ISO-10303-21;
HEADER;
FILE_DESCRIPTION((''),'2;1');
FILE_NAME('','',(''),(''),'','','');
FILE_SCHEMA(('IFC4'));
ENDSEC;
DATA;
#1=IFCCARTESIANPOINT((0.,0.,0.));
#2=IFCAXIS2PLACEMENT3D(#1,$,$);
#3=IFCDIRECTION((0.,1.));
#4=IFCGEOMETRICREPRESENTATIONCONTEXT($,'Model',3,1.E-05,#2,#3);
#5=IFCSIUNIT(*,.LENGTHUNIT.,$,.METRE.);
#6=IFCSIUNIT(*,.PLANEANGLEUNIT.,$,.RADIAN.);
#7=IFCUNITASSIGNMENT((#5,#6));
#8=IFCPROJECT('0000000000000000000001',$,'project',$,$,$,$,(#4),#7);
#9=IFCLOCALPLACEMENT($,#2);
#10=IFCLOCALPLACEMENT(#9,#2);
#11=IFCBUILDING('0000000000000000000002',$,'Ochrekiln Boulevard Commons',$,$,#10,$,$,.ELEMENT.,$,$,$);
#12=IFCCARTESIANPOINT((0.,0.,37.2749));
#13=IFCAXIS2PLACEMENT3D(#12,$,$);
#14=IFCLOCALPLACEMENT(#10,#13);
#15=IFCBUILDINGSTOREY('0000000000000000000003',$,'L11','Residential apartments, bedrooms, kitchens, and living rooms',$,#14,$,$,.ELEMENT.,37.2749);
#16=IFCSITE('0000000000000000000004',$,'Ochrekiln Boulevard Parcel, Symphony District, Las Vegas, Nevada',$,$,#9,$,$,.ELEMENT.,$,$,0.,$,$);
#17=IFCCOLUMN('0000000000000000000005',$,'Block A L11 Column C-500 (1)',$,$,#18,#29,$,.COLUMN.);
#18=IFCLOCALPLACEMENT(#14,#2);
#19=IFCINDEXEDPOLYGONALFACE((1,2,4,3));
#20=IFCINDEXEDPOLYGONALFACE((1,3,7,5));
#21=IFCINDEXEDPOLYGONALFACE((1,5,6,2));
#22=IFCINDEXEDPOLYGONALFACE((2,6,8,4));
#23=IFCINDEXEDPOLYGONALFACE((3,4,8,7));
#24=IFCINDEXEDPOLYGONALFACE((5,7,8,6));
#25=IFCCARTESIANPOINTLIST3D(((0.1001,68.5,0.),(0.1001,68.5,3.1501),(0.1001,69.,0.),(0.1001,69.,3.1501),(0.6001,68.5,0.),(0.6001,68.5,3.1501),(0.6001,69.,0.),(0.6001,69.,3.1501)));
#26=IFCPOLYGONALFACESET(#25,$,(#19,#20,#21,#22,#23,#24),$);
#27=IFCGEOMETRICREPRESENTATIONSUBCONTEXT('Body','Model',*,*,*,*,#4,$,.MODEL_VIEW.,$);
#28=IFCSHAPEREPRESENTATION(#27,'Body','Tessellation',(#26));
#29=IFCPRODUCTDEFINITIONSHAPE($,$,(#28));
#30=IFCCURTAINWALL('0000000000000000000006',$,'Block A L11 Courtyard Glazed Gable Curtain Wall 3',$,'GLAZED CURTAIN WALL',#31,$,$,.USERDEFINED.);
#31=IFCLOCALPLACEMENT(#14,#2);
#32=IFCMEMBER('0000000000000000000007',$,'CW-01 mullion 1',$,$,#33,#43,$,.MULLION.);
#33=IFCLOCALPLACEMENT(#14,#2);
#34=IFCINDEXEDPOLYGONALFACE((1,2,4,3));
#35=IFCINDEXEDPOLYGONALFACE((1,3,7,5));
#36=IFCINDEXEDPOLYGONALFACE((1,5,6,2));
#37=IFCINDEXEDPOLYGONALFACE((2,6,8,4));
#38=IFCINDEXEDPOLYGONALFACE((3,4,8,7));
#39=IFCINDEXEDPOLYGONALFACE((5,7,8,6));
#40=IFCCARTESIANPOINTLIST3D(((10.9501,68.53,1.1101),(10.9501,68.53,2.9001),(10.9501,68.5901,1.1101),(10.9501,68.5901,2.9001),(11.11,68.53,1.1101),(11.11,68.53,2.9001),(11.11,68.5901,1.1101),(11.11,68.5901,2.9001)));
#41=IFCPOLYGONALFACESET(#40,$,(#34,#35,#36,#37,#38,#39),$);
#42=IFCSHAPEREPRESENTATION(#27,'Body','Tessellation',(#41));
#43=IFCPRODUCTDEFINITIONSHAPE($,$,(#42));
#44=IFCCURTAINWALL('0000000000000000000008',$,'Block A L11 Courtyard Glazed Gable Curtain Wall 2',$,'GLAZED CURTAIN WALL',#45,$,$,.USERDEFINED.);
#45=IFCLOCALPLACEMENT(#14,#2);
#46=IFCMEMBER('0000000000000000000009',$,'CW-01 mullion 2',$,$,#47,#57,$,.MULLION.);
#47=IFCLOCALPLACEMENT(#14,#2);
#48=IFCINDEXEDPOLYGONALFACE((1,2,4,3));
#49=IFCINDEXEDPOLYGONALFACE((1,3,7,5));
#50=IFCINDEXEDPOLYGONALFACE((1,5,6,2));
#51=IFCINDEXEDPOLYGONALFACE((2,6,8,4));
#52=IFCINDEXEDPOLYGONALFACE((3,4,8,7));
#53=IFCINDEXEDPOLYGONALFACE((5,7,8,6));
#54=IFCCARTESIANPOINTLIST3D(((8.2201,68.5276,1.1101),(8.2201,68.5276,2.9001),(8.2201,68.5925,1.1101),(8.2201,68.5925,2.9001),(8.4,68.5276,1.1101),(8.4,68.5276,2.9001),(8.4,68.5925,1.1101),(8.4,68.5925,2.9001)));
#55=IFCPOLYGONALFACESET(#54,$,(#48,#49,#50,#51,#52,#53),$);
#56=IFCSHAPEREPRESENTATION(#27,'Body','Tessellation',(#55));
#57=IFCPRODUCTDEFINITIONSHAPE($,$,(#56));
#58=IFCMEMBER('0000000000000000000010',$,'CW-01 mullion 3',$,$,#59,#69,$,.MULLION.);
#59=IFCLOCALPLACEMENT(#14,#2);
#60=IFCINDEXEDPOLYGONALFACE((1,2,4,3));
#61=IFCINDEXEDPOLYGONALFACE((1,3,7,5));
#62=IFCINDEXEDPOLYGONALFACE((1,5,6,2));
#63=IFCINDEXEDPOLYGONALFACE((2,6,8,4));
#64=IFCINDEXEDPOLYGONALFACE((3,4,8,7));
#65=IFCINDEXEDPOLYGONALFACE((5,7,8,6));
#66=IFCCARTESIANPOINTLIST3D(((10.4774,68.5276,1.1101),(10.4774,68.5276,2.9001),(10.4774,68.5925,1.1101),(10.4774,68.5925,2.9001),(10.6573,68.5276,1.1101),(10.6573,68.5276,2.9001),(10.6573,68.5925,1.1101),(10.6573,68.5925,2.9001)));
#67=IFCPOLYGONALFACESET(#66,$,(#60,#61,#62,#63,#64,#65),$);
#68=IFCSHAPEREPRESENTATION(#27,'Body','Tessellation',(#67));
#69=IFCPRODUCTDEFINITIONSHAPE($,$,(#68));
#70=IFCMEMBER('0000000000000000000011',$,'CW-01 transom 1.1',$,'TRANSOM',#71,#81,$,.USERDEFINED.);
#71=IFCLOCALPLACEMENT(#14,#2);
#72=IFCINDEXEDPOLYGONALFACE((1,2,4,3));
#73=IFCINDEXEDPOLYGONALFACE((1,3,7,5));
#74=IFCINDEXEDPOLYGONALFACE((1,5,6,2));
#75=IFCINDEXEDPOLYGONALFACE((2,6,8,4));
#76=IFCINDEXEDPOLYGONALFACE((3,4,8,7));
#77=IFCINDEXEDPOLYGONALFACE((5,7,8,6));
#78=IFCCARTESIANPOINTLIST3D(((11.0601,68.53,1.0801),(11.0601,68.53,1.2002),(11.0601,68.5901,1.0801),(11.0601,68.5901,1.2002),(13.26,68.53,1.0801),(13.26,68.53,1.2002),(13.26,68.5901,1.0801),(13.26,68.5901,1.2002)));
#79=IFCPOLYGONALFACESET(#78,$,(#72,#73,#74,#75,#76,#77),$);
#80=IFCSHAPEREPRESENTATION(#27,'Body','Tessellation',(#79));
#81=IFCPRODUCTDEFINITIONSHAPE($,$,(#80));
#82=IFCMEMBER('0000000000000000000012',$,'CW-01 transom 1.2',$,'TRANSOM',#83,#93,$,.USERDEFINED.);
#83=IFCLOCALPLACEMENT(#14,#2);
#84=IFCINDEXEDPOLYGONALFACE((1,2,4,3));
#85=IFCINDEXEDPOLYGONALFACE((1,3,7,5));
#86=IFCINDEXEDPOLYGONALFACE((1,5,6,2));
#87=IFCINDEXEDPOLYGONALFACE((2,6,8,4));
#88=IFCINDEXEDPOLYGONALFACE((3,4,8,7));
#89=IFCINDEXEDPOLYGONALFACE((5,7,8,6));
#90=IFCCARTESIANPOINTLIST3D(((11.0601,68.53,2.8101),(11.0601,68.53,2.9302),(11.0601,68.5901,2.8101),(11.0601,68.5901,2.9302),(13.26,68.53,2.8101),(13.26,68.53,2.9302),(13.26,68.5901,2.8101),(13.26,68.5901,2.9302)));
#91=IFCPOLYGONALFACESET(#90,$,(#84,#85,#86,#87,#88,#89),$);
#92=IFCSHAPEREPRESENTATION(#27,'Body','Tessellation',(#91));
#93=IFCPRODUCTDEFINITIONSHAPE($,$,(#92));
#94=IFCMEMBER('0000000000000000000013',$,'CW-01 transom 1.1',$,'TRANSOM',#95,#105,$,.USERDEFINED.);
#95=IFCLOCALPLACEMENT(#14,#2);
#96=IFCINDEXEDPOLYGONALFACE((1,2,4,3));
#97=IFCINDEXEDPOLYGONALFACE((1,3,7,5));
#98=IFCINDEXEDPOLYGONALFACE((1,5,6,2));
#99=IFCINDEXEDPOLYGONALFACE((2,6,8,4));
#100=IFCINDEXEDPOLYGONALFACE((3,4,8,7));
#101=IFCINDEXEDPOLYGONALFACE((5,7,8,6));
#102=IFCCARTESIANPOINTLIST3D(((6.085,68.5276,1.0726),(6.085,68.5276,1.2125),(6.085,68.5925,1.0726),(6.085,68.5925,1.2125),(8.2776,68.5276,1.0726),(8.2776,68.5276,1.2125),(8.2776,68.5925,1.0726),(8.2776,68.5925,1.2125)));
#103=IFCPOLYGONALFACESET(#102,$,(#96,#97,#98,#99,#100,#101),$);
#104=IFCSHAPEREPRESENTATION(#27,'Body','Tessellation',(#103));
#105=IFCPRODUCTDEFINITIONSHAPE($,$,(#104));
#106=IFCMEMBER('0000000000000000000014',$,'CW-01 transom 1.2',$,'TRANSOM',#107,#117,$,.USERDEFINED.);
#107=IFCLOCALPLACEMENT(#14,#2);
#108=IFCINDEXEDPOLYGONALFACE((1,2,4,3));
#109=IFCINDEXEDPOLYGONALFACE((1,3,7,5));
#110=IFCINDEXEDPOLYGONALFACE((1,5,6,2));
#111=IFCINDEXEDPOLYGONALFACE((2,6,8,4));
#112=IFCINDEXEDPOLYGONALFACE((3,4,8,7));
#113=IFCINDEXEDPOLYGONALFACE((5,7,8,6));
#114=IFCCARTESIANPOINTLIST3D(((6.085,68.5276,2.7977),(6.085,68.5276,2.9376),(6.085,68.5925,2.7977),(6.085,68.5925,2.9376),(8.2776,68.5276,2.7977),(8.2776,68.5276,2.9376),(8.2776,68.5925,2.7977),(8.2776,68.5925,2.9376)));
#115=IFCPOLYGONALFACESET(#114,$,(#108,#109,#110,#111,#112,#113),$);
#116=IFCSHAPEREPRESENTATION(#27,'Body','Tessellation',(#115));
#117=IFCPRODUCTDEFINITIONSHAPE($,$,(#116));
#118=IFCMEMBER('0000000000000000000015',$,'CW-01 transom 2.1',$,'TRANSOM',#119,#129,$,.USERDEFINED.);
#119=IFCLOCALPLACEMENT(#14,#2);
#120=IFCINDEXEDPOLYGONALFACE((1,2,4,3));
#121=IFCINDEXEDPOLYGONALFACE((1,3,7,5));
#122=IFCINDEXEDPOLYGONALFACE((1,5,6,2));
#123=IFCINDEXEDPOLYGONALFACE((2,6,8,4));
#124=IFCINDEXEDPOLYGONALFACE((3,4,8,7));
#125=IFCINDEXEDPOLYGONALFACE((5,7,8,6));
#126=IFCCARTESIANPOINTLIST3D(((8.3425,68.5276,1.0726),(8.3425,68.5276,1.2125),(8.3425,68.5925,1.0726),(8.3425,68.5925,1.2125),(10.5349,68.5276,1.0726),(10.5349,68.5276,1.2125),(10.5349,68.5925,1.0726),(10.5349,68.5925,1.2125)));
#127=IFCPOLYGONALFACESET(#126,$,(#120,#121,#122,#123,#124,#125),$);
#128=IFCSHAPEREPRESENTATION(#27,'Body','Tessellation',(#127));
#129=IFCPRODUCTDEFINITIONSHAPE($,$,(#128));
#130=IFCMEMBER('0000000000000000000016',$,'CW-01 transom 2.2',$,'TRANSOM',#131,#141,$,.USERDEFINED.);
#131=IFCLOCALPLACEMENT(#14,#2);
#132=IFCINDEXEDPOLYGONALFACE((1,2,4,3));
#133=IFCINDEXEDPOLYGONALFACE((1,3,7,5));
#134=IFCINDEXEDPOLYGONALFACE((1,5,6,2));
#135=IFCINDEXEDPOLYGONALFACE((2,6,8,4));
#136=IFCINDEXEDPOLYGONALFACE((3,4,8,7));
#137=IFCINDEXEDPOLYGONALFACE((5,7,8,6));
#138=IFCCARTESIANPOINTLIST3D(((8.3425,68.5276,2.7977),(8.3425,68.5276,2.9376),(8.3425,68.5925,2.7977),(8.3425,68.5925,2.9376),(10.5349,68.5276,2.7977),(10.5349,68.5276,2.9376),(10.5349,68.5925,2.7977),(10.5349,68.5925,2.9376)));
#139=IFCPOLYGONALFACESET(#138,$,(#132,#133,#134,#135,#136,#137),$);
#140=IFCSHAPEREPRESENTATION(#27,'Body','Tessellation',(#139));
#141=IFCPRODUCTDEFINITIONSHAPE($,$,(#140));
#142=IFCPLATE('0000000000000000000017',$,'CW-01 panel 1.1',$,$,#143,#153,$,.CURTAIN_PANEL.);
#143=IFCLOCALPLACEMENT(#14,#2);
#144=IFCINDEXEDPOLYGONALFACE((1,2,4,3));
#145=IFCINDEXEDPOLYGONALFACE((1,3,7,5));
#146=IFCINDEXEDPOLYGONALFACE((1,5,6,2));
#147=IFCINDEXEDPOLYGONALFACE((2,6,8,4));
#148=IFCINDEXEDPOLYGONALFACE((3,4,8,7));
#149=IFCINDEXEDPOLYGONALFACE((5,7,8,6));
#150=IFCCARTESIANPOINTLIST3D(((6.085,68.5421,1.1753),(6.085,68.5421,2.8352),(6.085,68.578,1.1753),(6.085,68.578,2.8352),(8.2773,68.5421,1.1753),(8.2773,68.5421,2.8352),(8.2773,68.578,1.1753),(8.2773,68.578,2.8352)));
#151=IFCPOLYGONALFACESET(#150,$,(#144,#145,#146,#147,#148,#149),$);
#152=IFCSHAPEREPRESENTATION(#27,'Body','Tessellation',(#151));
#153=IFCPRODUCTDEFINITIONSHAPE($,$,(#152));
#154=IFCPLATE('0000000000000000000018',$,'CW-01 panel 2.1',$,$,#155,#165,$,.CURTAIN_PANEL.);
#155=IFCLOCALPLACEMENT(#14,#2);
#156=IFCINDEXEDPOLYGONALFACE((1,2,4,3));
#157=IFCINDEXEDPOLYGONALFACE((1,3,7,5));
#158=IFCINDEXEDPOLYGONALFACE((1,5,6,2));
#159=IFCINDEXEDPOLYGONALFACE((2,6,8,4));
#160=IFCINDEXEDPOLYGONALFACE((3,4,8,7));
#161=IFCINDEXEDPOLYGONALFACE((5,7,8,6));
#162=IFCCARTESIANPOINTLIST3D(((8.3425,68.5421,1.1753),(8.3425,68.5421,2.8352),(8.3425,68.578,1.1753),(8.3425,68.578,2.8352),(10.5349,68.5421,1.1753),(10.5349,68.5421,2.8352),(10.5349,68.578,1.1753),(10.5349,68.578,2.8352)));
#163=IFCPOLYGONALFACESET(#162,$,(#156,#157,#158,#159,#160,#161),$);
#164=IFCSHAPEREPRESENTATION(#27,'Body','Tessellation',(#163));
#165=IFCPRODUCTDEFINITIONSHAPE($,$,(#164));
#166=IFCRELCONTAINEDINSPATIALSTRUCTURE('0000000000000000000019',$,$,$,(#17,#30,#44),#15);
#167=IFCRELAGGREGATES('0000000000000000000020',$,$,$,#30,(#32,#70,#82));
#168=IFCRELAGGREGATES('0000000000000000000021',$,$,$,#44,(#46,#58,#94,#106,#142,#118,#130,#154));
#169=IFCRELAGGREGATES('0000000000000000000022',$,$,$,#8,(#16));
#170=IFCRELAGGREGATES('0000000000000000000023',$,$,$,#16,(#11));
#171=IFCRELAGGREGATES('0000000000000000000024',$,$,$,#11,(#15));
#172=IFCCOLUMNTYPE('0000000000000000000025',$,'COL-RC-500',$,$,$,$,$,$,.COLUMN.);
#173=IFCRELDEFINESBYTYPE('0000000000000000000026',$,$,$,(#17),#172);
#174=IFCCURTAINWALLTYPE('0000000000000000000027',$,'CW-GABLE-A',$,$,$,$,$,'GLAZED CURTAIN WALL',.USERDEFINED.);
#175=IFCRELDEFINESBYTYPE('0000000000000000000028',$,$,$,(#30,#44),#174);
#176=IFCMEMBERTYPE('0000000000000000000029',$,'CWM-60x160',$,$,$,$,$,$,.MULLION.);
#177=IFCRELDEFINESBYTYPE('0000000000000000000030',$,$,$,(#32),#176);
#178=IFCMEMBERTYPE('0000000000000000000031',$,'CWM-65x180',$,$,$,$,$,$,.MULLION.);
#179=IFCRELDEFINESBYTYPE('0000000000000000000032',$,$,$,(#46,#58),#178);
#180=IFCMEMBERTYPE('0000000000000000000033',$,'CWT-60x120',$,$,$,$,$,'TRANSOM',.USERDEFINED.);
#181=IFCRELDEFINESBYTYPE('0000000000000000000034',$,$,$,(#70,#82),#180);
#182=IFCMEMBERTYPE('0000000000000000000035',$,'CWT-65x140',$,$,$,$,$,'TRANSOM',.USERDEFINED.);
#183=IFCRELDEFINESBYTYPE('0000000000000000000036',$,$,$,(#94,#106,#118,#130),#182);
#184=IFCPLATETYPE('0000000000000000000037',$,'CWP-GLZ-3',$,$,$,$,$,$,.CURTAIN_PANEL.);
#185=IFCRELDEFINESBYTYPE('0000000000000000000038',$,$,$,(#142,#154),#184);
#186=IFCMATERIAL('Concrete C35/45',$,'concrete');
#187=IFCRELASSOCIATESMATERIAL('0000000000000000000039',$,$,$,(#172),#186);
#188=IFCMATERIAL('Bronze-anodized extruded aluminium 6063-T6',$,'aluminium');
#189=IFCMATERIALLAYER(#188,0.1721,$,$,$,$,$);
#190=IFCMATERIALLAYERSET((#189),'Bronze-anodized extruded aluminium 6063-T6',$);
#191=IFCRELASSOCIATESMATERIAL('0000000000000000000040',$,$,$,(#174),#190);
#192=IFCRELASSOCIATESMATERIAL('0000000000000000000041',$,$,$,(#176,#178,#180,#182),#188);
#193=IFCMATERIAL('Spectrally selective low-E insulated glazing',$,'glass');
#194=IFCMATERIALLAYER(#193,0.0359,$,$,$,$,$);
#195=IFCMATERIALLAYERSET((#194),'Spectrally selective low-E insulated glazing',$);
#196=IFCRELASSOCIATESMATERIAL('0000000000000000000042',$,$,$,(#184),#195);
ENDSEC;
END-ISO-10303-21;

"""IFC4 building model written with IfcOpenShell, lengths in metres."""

from ifc_helpers import new_model, si_unit, direction, frame, origin, origin_2d, place, context, subcontext, project, spatial, rectangle, extrude, material, layer, layer_set, material_profile, profile_set, type_object, element, aggregate, save


model = new_model("IFC4")

# Units and contexts
model_context = context("Model", 3, precision=1e-05, world=origin(), true_north=direction((0.0, 1.0)))
body_context = subcontext(model_context, "Body", "Model", "MODEL_VIEW")
ifc_project = project(units=[si_unit("LENGTHUNIT", "METRE"), si_unit("PLANEANGLEUNIT", "RADIAN")], contexts=[model_context])

# Site, building, storey
site_placement = place(None, origin())
site = spatial("IfcSite", under=ifc_project, at=site_placement, Name="Ochrekiln Boulevard Parcel, Symphony District, Las Vegas, Nevada", CompositionType="ELEMENT", RefElevation=0.0)
building_placement = place(site_placement, origin())
building = spatial("IfcBuilding", under=site, at=building_placement, Name="Ochrekiln Boulevard Commons", CompositionType="ELEMENT")
storey_placement = place(building_placement, frame((0.0, 0.0, 37.2749)))
storey = spatial("IfcBuildingStorey", under=building, at=storey_placement, Name="L11", Description="Residential apartments, bedrooms, kitchens, and living rooms", CompositionType="ELEMENT", Elevation=37.2749)

# Column
ifc_material_1 = material(Name="Concrete C35/45", Category="concrete")
ifc_material_profile_1 = material_profile(ifc_material_1, rectangle(XDim=0.5, YDim=0.5, at=origin_2d()), Name="RC-COL-500x500")
ifc_profile_set_1 = profile_set([ifc_material_profile_1], Name="Concrete C35/45")
column_type = type_object("IfcColumnType", Name="COL-RC-500", PredefinedType="COLUMN", material=ifc_profile_set_1)
column_placement = place(storey_placement, frame((0.3501, 68.75, 0.0), z_axis=(0.0, 0.0, 1.0), x_axis=(1.0, 0.0, 0.0)))
element("IfcColumn", 1, at=column_placement, inside=storey, type_object=column_type, Name="Block A L11 Column C-500 (1)", PredefinedType="COLUMN", context=body_context, shape_type="SweptSolid", body=[
    extrude(rectangle(XDim=0.5, YDim=0.5, at=origin_2d()), origin(), (0.0, 0.0, 1.0), 3.1501),
])

# Curtain wall, member
ifc_material_2 = material(Name="Bronze-anodized extruded aluminium 6063-T6", Category="aluminium")
ifc_layer_1 = layer(ifc_material_2, 0.1721)
ifc_layer_set_1 = layer_set([ifc_layer_1], Name="Bronze-anodized extruded aluminium 6063-T6")
curtain_wall_type = type_object("IfcCurtainWallType", Name="CW-GABLE-A", ElementType="GLAZED CURTAIN WALL", PredefinedType="USERDEFINED", material=ifc_layer_set_1)
curtain_wall_1_placement = place(storey_placement, origin())
curtain_wall_1 = element("IfcCurtainWall", 2, at=curtain_wall_1_placement, inside=storey, type_object=curtain_wall_type, Name="Block A L11 Courtyard Glazed Gable Curtain Wall 3", ObjectType="GLAZED CURTAIN WALL", PredefinedType="USERDEFINED")
ifc_material_profile_2 = material_profile(ifc_material_2, rectangle(XDim=0.0601, YDim=0.1599, at=origin_2d()), Name="ALU-MUL-60x160")
ifc_profile_set_2 = profile_set([ifc_material_profile_2], Name="Bronze-anodized extruded aluminium 6063-T6")
member_type_1 = type_object("IfcMemberType", Name="CWM-60x160", PredefinedType="MULLION", material=ifc_profile_set_2)
member_1_placement = place(storey_placement, frame((11.03, 68.5601, 1.1101), z_axis=(0.0, 0.0, 1.0), x_axis=(0.0, 1.0, 0.0)))
member_1 = element("IfcMember", 3, at=member_1_placement, type_object=member_type_1, Name="CW-01 mullion 1", PredefinedType="MULLION", context=body_context, shape_type="SweptSolid", body=[
    extrude(rectangle(XDim=0.0601, YDim=0.1599, at=origin_2d()), origin(), (0.0, 0.0, 1.0), 1.79),
])

# Curtain wall, members
curtain_wall_2_placement = place(storey_placement, origin())
curtain_wall_2 = element("IfcCurtainWall", 4, at=curtain_wall_2_placement, inside=storey, type_object=curtain_wall_type, Name="Block A L11 Courtyard Glazed Gable Curtain Wall 2", ObjectType="GLAZED CURTAIN WALL", PredefinedType="USERDEFINED")
ifc_material_profile_3 = material_profile(ifc_material_2, rectangle(XDim=0.0649, YDim=0.1799, at=origin_2d()), Name="ALU-MUL-65x180")
ifc_profile_set_3 = profile_set([ifc_material_profile_3], Name="Bronze-anodized extruded aluminium 6063-T6")
member_type_2 = type_object("IfcMemberType", Name="CWM-65x180", PredefinedType="MULLION", material=ifc_profile_set_3)
member_2_placement = place(storey_placement, frame((8.3101, 68.5601, 1.1101), z_axis=(0.0, 0.0, 1.0), x_axis=(0.0, 1.0, 0.0)))
member_2 = element("IfcMember", 5, at=member_2_placement, type_object=member_type_2, Name="CW-01 mullion 2", PredefinedType="MULLION", context=body_context, shape_type="SweptSolid", body=[
    extrude(rectangle(XDim=0.0649, YDim=0.1799, at=origin_2d()), origin(), (0.0, 0.0, 1.0), 1.79),
])
member_3_placement = place(storey_placement, frame((10.5674, 68.5601, 1.1101), z_axis=(0.0, 0.0, 1.0), x_axis=(0.0, 1.0, 0.0)))
member_3 = element("IfcMember", 6, at=member_3_placement, type_object=member_type_2, Name="CW-01 mullion 3", PredefinedType="MULLION", context=body_context, shape_type="SweptSolid", body=[
    extrude(rectangle(XDim=0.0649, YDim=0.1799, at=origin_2d()), origin(), (0.0, 0.0, 1.0), 1.79),
])

# Members
ifc_material_profile_4 = material_profile(ifc_material_2, rectangle(XDim=0.0601, YDim=0.1201, at=origin_2d()), Name="ALU-TRN-60x120")
ifc_profile_set_4 = profile_set([ifc_material_profile_4], Name="Bronze-anodized extruded aluminium 6063-T6")
member_type_3 = type_object("IfcMemberType", Name="CWT-60x120", ElementType="TRANSOM", PredefinedType="USERDEFINED", material=ifc_profile_set_4)
member_4_placement = place(storey_placement, frame((11.0601, 68.5601, 1.1401), z_axis=(1.0, 0.0, 0.0), x_axis=(0.0, 1.0, 0.0)))
member_4 = element("IfcMember", 7, at=member_4_placement, type_object=member_type_3, Name="CW-01 transom 1.1", ObjectType="TRANSOM", PredefinedType="USERDEFINED", context=body_context, shape_type="SweptSolid", body=[
    extrude(rectangle(XDim=0.0601, YDim=0.1201, at=origin_2d()), origin(), (0.0, 0.0, 1.0), 2.2),
])
member_5_placement = place(storey_placement, frame((11.0601, 68.5601, 2.8701), z_axis=(1.0, 0.0, 0.0), x_axis=(0.0, 1.0, 0.0)))
member_5 = element("IfcMember", 8, at=member_5_placement, type_object=member_type_3, Name="CW-01 transom 1.2", ObjectType="TRANSOM", PredefinedType="USERDEFINED", context=body_context, shape_type="SweptSolid", body=[
    extrude(rectangle(XDim=0.0601, YDim=0.1201, at=origin_2d()), origin(), (0.0, 0.0, 1.0), 2.2),
])
aggregate(curtain_wall_1, [member_1, member_4, member_5])
ifc_material_profile_5 = material_profile(ifc_material_2, rectangle(XDim=0.0649, YDim=0.1399, at=origin_2d()), Name="ALU-TRN-65x140")
ifc_profile_set_5 = profile_set([ifc_material_profile_5], Name="Bronze-anodized extruded aluminium 6063-T6")
member_type_4 = type_object("IfcMemberType", Name="CWT-65x140", ElementType="TRANSOM", PredefinedType="USERDEFINED", material=ifc_profile_set_5)
member_6_placement = place(storey_placement, frame((6.085, 68.5601, 1.1426), z_axis=(1.0, 0.0, 0.0), x_axis=(0.0, 1.0, 0.0)))
member_6 = element("IfcMember", 9, at=member_6_placement, type_object=member_type_4, Name="CW-01 transom 1.1", ObjectType="TRANSOM", PredefinedType="USERDEFINED", context=body_context, shape_type="SweptSolid", body=[
    extrude(rectangle(XDim=0.0649, YDim=0.1399, at=origin_2d()), origin(), (0.0, 0.0, 1.0), 2.1926),
])
member_7_placement = place(storey_placement, frame((6.085, 68.5601, 2.8677), z_axis=(1.0, 0.0, 0.0), x_axis=(0.0, 1.0, 0.0)))
member_7 = element("IfcMember", 10, at=member_7_placement, type_object=member_type_4, Name="CW-01 transom 1.2", ObjectType="TRANSOM", PredefinedType="USERDEFINED", context=body_context, shape_type="SweptSolid", body=[
    extrude(rectangle(XDim=0.0649, YDim=0.1399, at=origin_2d()), origin(), (0.0, 0.0, 1.0), 2.1926),
])
member_8_placement = place(storey_placement, frame((8.3425, 68.5601, 1.1426), z_axis=(1.0, 0.0, 0.0), x_axis=(0.0, 1.0, 0.0)))
member_8 = element("IfcMember", 11, at=member_8_placement, type_object=member_type_4, Name="CW-01 transom 2.1", ObjectType="TRANSOM", PredefinedType="USERDEFINED", context=body_context, shape_type="SweptSolid", body=[
    extrude(rectangle(XDim=0.0649, YDim=0.1399, at=origin_2d()), origin(), (0.0, 0.0, 1.0), 2.1924),
])
member_9_placement = place(storey_placement, frame((8.3425, 68.5601, 2.8677), z_axis=(1.0, 0.0, 0.0), x_axis=(0.0, 1.0, 0.0)))
member_9 = element("IfcMember", 12, at=member_9_placement, type_object=member_type_4, Name="CW-01 transom 2.2", ObjectType="TRANSOM", PredefinedType="USERDEFINED", context=body_context, shape_type="SweptSolid", body=[
    extrude(rectangle(XDim=0.0649, YDim=0.1399, at=origin_2d()), origin(), (0.0, 0.0, 1.0), 2.1924),
])

# Plates
ifc_material_3 = material(Name="Spectrally selective low-E insulated glazing", Category="glass")
ifc_layer_2 = layer(ifc_material_3, 0.0359)
ifc_layer_set_2 = layer_set([ifc_layer_2], Name="Spectrally selective low-E insulated glazing")
plate_type = type_object("IfcPlateType", Name="CWP-GLZ-3", PredefinedType="CURTAIN_PANEL", material=ifc_layer_set_2)
plate_1_placement = place(storey_placement, frame((7.1812, 68.5601, 1.1753), z_axis=(0.0, 0.0, 1.0), x_axis=(1.0, 0.0, 0.0)))
plate_1 = element("IfcPlate", 13, at=plate_1_placement, type_object=plate_type, Name="CW-01 panel 1.1", PredefinedType="CURTAIN_PANEL", context=body_context, shape_type="SweptSolid", body=[
    extrude(rectangle(XDim=2.1924, YDim=0.0359, at=origin_2d()), origin(), (0.0, 0.0, 1.0), 1.6599),
])
plate_2_placement = place(storey_placement, frame((9.4387, 68.5601, 1.1753), z_axis=(0.0, 0.0, 1.0), x_axis=(1.0, 0.0, 0.0)))
plate_2 = element("IfcPlate", 14, at=plate_2_placement, type_object=plate_type, Name="CW-01 panel 2.1", PredefinedType="CURTAIN_PANEL", context=body_context, shape_type="SweptSolid", body=[
    extrude(rectangle(XDim=2.1924, YDim=0.0359, at=origin_2d()), origin(), (0.0, 0.0, 1.0), 1.6599),
])
aggregate(curtain_wall_2, [member_2, member_3, member_6, member_7, plate_1, member_8, member_9, plate_2])

save(model, "model.ifc")
